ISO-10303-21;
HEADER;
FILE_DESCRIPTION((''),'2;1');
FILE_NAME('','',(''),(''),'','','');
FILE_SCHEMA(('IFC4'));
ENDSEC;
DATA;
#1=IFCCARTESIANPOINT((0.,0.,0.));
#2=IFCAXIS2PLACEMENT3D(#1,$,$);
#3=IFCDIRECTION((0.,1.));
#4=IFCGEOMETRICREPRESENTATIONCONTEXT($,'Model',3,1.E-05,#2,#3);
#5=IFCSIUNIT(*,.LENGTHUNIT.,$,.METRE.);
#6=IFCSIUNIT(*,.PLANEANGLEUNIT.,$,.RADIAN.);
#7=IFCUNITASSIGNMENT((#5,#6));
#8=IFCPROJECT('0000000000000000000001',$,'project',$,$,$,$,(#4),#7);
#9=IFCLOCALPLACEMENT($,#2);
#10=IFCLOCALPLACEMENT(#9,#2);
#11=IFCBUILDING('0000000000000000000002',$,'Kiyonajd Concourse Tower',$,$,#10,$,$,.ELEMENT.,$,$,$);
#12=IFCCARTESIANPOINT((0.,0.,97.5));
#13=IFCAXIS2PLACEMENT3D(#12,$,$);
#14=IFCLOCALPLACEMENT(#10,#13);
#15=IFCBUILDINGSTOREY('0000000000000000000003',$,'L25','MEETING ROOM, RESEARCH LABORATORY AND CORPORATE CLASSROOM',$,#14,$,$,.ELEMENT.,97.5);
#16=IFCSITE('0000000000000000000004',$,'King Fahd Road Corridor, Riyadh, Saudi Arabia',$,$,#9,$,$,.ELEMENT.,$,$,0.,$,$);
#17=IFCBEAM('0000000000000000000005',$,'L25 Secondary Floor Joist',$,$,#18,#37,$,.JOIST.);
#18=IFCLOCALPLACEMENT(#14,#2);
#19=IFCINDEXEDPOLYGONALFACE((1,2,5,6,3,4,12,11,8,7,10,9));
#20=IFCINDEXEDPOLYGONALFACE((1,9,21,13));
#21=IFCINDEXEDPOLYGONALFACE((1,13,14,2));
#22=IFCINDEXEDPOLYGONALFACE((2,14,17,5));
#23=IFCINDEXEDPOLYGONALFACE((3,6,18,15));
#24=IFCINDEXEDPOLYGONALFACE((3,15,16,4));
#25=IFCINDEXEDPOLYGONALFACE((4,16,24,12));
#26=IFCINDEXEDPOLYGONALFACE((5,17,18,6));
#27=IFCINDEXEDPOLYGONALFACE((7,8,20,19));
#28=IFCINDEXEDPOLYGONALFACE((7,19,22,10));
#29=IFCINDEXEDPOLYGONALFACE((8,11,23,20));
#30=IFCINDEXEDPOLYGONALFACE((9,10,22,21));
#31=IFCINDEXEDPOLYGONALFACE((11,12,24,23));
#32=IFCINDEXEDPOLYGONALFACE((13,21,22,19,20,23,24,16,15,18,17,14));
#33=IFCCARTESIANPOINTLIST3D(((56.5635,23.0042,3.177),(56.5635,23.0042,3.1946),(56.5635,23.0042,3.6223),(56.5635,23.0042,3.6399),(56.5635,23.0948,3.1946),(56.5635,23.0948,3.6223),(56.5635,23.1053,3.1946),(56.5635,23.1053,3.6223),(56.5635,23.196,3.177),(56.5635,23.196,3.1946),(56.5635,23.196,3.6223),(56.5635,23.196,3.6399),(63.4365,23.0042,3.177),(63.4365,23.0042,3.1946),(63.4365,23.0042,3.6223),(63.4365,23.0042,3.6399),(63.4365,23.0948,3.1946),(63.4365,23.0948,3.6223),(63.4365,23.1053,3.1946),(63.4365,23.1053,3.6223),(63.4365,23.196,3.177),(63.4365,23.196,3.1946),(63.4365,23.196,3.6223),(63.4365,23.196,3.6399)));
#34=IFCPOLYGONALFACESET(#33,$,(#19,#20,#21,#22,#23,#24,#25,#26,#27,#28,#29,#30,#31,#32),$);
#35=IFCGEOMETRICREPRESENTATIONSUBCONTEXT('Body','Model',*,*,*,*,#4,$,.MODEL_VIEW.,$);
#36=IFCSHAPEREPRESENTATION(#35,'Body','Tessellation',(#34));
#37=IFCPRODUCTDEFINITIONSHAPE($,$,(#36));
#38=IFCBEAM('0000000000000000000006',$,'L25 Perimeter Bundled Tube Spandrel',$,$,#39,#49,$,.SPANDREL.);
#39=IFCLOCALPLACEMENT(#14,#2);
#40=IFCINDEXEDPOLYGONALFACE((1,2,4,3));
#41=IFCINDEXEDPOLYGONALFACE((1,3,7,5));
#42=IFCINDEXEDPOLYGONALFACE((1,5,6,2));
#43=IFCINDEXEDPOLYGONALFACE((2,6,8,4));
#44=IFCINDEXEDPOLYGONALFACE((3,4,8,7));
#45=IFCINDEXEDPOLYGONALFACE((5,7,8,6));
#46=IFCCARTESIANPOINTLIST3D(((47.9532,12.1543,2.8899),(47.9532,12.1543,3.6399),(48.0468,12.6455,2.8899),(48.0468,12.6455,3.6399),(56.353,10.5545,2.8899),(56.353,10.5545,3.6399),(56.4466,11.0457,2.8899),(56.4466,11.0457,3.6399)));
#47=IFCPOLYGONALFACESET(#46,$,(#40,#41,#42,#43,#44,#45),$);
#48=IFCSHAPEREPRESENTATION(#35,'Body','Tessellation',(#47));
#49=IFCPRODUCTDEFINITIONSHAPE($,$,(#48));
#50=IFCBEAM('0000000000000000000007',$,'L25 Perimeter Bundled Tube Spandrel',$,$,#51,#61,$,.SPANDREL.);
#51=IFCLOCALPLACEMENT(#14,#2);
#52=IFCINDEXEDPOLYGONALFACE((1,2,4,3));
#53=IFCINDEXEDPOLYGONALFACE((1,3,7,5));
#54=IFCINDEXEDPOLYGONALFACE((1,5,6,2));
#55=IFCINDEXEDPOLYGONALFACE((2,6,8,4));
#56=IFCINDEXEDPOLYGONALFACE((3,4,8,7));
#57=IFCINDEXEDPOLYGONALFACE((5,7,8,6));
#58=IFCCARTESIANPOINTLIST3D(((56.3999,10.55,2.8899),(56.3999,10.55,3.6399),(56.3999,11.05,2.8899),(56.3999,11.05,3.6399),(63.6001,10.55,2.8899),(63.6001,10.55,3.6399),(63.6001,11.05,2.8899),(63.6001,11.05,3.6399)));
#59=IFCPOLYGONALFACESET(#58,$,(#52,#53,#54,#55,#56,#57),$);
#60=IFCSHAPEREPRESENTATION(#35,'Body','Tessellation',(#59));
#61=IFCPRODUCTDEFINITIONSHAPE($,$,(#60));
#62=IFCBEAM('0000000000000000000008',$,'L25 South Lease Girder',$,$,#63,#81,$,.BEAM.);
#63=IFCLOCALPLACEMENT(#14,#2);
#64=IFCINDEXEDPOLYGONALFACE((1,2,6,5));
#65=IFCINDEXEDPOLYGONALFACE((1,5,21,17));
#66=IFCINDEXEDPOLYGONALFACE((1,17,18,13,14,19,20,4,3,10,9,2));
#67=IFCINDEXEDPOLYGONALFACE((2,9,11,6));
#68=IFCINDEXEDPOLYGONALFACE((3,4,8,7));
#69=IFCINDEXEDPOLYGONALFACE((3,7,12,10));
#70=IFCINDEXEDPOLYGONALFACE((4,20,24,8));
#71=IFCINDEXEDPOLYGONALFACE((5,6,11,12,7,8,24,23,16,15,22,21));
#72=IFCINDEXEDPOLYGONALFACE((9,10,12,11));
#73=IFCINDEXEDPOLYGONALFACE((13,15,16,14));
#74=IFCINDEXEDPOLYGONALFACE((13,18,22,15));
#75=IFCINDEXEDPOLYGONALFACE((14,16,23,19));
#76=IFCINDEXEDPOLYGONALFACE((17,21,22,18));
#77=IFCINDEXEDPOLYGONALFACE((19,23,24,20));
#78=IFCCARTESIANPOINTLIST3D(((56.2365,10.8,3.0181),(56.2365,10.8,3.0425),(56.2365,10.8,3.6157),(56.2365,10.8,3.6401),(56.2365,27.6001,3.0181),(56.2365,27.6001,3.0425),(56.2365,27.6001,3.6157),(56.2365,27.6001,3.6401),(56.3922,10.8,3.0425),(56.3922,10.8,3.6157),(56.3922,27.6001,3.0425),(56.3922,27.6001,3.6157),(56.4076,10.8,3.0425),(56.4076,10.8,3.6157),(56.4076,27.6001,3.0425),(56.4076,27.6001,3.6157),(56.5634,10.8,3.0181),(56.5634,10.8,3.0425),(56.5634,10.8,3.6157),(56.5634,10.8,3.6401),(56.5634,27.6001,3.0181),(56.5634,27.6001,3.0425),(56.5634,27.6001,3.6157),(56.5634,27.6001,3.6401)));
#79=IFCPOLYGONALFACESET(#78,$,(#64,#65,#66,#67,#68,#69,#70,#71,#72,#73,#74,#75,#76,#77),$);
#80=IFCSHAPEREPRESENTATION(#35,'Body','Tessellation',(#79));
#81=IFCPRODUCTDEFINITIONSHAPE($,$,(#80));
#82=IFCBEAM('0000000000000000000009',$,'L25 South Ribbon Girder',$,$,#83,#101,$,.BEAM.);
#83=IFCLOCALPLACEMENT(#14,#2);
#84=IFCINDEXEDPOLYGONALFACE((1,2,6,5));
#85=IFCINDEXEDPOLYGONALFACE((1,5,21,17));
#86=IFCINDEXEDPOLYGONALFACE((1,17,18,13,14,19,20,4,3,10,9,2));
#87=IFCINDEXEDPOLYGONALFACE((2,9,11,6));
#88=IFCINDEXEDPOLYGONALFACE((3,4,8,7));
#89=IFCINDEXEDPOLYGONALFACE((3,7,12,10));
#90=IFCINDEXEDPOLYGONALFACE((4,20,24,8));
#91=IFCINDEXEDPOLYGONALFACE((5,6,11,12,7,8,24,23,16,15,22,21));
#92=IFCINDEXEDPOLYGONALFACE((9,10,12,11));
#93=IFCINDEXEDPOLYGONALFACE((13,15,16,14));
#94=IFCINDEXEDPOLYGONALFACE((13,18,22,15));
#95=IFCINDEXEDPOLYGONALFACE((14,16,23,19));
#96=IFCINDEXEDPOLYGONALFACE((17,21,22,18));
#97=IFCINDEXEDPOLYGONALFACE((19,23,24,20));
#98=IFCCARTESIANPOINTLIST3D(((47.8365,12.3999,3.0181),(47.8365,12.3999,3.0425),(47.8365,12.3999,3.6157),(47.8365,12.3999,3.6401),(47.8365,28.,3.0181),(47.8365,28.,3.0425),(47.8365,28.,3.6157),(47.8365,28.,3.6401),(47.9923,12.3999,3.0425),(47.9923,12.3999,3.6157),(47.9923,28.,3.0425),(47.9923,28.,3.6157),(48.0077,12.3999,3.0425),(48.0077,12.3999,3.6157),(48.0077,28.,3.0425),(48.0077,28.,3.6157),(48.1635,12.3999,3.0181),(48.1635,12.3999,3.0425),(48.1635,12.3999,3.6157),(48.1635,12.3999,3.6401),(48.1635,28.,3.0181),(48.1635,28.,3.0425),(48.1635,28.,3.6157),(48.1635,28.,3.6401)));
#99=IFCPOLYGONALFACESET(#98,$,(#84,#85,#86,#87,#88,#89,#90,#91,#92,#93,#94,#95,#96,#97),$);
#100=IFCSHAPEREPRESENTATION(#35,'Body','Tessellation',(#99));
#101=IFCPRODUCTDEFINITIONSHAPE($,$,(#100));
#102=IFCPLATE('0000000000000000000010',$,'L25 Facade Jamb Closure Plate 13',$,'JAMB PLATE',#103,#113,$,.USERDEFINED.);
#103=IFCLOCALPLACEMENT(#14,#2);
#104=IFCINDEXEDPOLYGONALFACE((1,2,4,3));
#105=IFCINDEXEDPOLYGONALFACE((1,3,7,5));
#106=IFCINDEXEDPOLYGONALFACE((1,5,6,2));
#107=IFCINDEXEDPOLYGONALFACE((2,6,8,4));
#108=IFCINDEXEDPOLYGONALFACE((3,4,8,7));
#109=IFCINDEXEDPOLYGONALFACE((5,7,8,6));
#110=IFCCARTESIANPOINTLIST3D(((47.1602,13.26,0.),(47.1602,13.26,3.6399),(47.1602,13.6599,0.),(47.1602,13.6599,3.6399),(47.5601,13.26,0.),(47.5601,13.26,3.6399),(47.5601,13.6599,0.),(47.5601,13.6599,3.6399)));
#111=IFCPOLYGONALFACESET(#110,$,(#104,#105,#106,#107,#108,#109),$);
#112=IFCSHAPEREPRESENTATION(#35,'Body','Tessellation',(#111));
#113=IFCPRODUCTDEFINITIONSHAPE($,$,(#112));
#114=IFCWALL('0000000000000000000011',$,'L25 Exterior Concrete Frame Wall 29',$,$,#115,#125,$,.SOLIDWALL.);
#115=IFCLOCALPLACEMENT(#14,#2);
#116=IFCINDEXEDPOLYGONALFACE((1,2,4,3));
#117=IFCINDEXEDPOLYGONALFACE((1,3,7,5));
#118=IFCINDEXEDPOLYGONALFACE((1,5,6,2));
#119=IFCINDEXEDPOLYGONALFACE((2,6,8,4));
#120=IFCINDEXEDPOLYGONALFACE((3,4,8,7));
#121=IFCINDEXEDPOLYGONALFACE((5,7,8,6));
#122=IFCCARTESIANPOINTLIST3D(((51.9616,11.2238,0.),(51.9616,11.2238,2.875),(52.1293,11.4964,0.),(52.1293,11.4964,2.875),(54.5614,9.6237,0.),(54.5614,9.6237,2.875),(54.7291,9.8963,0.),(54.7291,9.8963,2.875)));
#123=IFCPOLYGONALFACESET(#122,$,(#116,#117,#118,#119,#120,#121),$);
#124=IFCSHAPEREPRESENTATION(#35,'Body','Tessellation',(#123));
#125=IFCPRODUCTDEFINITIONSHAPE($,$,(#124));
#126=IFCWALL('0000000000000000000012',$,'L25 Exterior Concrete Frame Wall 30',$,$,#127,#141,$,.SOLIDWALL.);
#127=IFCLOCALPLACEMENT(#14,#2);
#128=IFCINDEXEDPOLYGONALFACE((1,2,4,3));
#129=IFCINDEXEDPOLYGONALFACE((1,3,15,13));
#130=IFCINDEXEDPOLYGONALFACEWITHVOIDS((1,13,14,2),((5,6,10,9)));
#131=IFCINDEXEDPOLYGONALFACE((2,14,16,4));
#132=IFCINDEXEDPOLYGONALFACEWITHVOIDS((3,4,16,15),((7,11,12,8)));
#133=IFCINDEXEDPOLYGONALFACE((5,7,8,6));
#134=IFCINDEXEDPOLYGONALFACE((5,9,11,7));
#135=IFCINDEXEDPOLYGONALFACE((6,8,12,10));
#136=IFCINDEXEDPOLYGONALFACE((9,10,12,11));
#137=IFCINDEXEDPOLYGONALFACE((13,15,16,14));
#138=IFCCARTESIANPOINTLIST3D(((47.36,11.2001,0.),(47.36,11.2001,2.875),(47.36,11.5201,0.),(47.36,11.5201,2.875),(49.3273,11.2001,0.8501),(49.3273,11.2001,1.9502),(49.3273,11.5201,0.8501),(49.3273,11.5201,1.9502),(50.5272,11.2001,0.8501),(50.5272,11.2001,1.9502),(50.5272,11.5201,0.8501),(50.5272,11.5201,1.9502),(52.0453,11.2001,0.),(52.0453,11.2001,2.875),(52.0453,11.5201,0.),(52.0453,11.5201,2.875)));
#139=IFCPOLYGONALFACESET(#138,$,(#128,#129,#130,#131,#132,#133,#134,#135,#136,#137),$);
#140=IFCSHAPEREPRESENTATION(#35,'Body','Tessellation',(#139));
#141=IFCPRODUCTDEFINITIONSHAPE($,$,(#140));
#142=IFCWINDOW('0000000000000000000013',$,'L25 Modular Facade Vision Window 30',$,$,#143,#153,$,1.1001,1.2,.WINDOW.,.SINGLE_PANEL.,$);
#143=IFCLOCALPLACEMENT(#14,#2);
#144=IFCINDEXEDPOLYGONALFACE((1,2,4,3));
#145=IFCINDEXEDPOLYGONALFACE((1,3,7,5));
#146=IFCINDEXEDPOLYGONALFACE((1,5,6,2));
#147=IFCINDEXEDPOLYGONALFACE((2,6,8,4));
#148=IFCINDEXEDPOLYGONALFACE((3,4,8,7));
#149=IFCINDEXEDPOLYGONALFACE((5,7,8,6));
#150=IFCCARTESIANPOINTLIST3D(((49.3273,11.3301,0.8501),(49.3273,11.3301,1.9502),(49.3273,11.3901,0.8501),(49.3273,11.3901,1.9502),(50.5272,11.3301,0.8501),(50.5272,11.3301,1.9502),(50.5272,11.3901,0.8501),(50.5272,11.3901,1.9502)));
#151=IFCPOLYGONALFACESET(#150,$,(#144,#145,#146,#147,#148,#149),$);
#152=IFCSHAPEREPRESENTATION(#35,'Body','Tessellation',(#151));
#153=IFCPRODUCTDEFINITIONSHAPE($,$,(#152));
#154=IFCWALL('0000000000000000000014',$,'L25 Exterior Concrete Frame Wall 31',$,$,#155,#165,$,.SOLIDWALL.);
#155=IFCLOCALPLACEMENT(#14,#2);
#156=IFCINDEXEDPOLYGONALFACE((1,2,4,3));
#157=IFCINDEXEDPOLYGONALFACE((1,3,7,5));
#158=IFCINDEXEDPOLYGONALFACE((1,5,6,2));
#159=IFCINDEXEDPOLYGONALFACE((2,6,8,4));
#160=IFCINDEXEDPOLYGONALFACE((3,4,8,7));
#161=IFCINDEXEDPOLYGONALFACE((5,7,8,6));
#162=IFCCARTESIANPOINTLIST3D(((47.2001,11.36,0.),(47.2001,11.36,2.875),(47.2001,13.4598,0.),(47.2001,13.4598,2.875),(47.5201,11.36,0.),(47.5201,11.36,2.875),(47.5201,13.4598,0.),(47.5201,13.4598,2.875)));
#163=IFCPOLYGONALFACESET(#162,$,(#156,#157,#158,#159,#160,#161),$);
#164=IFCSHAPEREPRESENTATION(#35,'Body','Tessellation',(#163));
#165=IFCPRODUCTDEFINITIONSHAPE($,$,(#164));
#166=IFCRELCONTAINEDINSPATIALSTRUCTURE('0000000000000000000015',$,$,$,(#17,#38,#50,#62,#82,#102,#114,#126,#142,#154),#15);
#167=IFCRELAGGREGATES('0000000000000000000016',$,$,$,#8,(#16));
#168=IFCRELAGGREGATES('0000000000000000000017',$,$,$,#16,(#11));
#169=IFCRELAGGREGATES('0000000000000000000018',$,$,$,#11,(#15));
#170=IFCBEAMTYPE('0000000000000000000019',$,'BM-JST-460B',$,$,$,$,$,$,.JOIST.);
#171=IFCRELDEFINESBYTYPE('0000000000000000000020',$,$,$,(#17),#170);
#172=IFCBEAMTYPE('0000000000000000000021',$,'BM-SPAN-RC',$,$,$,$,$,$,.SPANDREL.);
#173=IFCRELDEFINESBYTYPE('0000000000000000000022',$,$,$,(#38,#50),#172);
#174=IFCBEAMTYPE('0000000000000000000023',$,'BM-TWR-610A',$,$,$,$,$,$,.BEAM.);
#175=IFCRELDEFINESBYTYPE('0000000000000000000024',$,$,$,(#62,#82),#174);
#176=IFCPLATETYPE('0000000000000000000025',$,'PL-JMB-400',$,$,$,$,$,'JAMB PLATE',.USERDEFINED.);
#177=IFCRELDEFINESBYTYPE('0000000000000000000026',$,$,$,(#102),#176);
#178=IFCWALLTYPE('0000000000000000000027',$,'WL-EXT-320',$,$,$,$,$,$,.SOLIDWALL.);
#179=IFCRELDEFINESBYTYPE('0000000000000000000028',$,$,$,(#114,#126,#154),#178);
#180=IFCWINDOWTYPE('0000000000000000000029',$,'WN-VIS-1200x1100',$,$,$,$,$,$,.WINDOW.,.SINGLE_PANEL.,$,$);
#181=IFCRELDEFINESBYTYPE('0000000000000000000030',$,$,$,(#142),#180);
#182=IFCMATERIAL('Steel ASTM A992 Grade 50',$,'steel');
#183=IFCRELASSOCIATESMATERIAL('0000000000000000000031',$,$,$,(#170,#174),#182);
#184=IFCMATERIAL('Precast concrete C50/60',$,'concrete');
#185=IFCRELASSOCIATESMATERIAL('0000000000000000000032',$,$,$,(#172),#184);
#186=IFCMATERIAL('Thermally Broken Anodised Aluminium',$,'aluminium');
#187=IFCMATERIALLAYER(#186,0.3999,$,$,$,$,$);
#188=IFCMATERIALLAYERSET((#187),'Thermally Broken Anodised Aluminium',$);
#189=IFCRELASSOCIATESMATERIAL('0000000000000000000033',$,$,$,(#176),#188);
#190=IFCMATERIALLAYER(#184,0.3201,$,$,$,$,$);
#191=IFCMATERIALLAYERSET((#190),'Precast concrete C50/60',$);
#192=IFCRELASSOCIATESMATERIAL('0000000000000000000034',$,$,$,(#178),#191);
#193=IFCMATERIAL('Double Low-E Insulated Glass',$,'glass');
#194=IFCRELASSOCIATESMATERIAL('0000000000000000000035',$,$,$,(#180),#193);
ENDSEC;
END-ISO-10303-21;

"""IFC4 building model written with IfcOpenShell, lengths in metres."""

from ifc_helpers import new_model, si_unit, direction, frame, frame_2d, origin, origin_2d, place, context, subcontext, project, spatial, rectangle, i_section, extrude, material, layer, layer_set, material_profile, profile_set, type_object, element, fill, save


model = new_model("IFC4")

# Units and contexts
model_context = context("Model", 3, precision=1e-05, world=origin(), true_north=direction((0.0, 1.0)))
body_context = subcontext(model_context, "Body", "Model", "MODEL_VIEW")
ifc_project = project(units=[si_unit("LENGTHUNIT", "METRE"), si_unit("PLANEANGLEUNIT", "RADIAN")], contexts=[model_context])

# Site, building, storey
site_placement = place(None, origin())
site = spatial("IfcSite", under=ifc_project, at=site_placement, Name="King Fahd Road Corridor, Riyadh, Saudi Arabia", CompositionType="ELEMENT", RefElevation=0.0)
building_placement = place(site_placement, origin())
building = spatial("IfcBuilding", under=site, at=building_placement, Name="Kiyonajd Concourse Tower", CompositionType="ELEMENT")
storey_placement = place(building_placement, frame((0.0, 0.0, 97.5)))
storey = spatial("IfcBuildingStorey", under=building, at=storey_placement, Name="L25", Description="MEETING ROOM, RESEARCH LABORATORY AND CORPORATE CLASSROOM", CompositionType="ELEMENT", Elevation=97.5)

# Beams
ifc_material_1 = material(Name="Steel ASTM A992 Grade 50", Category="steel")
ifc_material_profile_1 = material_profile(ifc_material_1, i_section(OverallWidth=0.1919, OverallDepth=0.4629, WebThickness=0.0105, FlangeThickness=0.0176, at=origin_2d()), Name="W460X89")
ifc_profile_set_1 = profile_set([ifc_material_profile_1], Name="Steel ASTM A992 Grade 50")
beam_type_1 = type_object("IfcBeamType", Name="BM-JST-460B", PredefinedType="JOIST", material=ifc_profile_set_1)
beam_1_placement = place(storey_placement, frame((56.5635, 23.1001, 3.4084), z_axis=(1.0, 0.0, 0.0), x_axis=(0.0, 1.0, 0.0)))
element("IfcBeam", 1, at=beam_1_placement, inside=storey, type_object=beam_type_1, Name="L25 Secondary Floor Joist", PredefinedType="JOIST", context=body_context, shape_type="SweptSolid", body=[
    extrude(i_section(OverallWidth=0.1919, OverallDepth=0.4629, WebThickness=0.0105, FlangeThickness=0.0176, at=origin_2d()), origin(), (0.0, 0.0, 1.0), 6.873),
])
ifc_material_2 = material(Name="Precast concrete C50/60", Category="concrete")
ifc_material_profile_2 = material_profile(ifc_material_2, rectangle(XDim=0.5, YDim=0.75, at=origin_2d()), Name="RCBM-500x750")
ifc_profile_set_2 = profile_set([ifc_material_profile_2], Name="Precast concrete C50/60")
beam_type_2 = type_object("IfcBeamType", Name="BM-SPAN-RC", PredefinedType="SPANDREL", material=ifc_profile_set_2)
beam_2_placement = place(storey_placement, frame((48.0, 12.3999, 3.2649), z_axis=(0.982341, -0.187098, 0.0), x_axis=(0.187098, 0.982341, 0.0)))
element("IfcBeam", 2, at=beam_2_placement, inside=storey, type_object=beam_type_2, Name="L25 Perimeter Bundled Tube Spandrel", PredefinedType="SPANDREL", context=body_context, shape_type="SweptSolid", body=[
    extrude(rectangle(XDim=0.5, YDim=0.75, at=origin_2d()), origin(), (0.0, 0.0, 1.0), 8.5508),
])
beam_3_placement = place(storey_placement, frame((56.3999, 10.8, 3.2649), z_axis=(1.0, 0.0, 0.0), x_axis=(0.0, 1.0, 0.0)))
element("IfcBeam", 3, at=beam_3_placement, inside=storey, type_object=beam_type_2, Name="L25 Perimeter Bundled Tube Spandrel", PredefinedType="SPANDREL", context=body_context, shape_type="SweptSolid", body=[
    extrude(rectangle(XDim=0.5, YDim=0.75, at=origin_2d()), origin(), (0.0, 0.0, 1.0), 7.2002),
])
ifc_material_profile_3 = material_profile(ifc_material_1, i_section(OverallWidth=0.3269, OverallDepth=0.6221, WebThickness=0.0154, FlangeThickness=0.0244, at=origin_2d()), Name="W610X195")
ifc_profile_set_3 = profile_set([ifc_material_profile_3], Name="Steel ASTM A992 Grade 50")
beam_type_3 = type_object("IfcBeamType", Name="BM-TWR-610A", PredefinedType="BEAM", material=ifc_profile_set_3)
beam_4_placement = place(storey_placement, frame((56.3999, 10.8, 3.3291), z_axis=(0.0, 1.0, 0.0), x_axis=(-1.0, 0.0, 0.0)))
element("IfcBeam", 4, at=beam_4_placement, inside=storey, type_object=beam_type_3, Name="L25 South Lease Girder", PredefinedType="BEAM", context=body_context, shape_type="SweptSolid", body=[
    extrude(i_section(OverallWidth=0.3269, OverallDepth=0.6221, WebThickness=0.0154, FlangeThickness=0.0244, at=origin_2d()), origin(), (0.0, 0.0, 1.0), 16.8),
])
beam_5_placement = place(storey_placement, frame((48.0, 12.3999, 3.3291), z_axis=(0.0, 1.0, 0.0), x_axis=(-1.0, 0.0, 0.0)))
element("IfcBeam", 5, at=beam_5_placement, inside=storey, type_object=beam_type_3, Name="L25 South Ribbon Girder", PredefinedType="BEAM", context=body_context, shape_type="SweptSolid", body=[
    extrude(i_section(OverallWidth=0.3269, OverallDepth=0.6221, WebThickness=0.0154, FlangeThickness=0.0244, at=origin_2d()), origin(), (0.0, 0.0, 1.0), 15.6001),
])

# Plate
ifc_material_3 = material(Name="Thermally Broken Anodised Aluminium", Category="aluminium")
ifc_layer_1 = layer(ifc_material_3, 0.3999)
ifc_layer_set_1 = layer_set([ifc_layer_1], Name="Thermally Broken Anodised Aluminium")
plate_type = type_object("IfcPlateType", Name="PL-JMB-400", ElementType="JAMB PLATE", PredefinedType="USERDEFINED", material=ifc_layer_set_1)
plate_placement = place(storey_placement, frame((47.3601, 13.46, 0.0), z_axis=(0.0, 0.0, 1.0), x_axis=(1.0, 0.0, 0.0)))
element("IfcPlate", 6, at=plate_placement, inside=storey, type_object=plate_type, Name="L25 Facade Jamb Closure Plate 13", ObjectType="JAMB PLATE", PredefinedType="USERDEFINED", context=body_context, shape_type="SweptSolid", body=[
    extrude(rectangle(XDim=0.3999, YDim=0.3999, at=origin_2d()), origin(), (0.0, 0.0, 1.0), 3.6399),
])

# Wall
ifc_layer_2 = layer(ifc_material_2, 0.3201)
ifc_layer_set_2 = layer_set([ifc_layer_2], Name="Precast concrete C50/60")
wall_type_1 = type_object("IfcWallType", Name="WL-EXT-320", PredefinedType="SOLIDWALL", material=ifc_layer_set_2)
wall_1_placement = place(storey_placement, frame((54.6453, 9.76, 0.0), z_axis=(0.0, 0.0, 1.0), x_axis=(-0.851631, 0.524142, 0.0)))
element("IfcWall", 7, at=wall_1_placement, inside=storey, type_object=wall_type_1, Name="L25 Exterior Concrete Frame Wall 29", PredefinedType="SOLIDWALL", context=body_context, shape_type="SweptSolid", body=[
    extrude(rectangle(XDim=3.0527, YDim=0.3201, at=frame_2d((1.5264, 0.0))), origin(), (0.0, 0.0, 1.0), 2.875),
])

# Wall, opening, window
wall_2_placement = place(storey_placement, frame((52.0454, 11.3601, 0.0), z_axis=(0.0, 0.0, 1.0), x_axis=(-1.0, 0.0, 0.0)))
wall_2 = element("IfcWall", 8, at=wall_2_placement, inside=storey, type_object=wall_type_1, Name="L25 Exterior Concrete Frame Wall 30", PredefinedType="SOLIDWALL", context=body_context, shape_type="SweptSolid", body=[
    extrude(rectangle(XDim=4.6853, YDim=0.3201, at=frame_2d((2.3428, 0.0))), origin(), (0.0, 0.0, 1.0), 2.875),
])
opening_1_placement = place(wall_2_placement, frame((1.5181, 0.0, 0.8501)))
opening_1 = element("IfcOpeningElement", 9, at=opening_1_placement, cuts=wall_2, PredefinedType="OPENING", context=body_context, shape_type="SweptSolid", body=[
    extrude(rectangle(XDim=1.2, YDim=1.1001, at=frame_2d((0.6001, 0.55))), frame((0.0, 0.1699, 0.0), z_axis=(0.0, -1.0, 0.0), x_axis=(1.0, 0.0, 0.0)), (0.0, 0.0, 1.0), 0.3401),
])
ifc_material_4 = material(Name="Double Low-E Insulated Glass", Category="glass")
window_type = type_object("IfcWindowType", Name="WN-VIS-1200x1100", PartitioningType="SINGLE_PANEL", PredefinedType="WINDOW", material=ifc_material_4)
window_placement = place(opening_1_placement, origin())
window = element("IfcWindow", 10, at=window_placement, inside=storey, type_object=window_type, Name="L25 Modular Facade Vision Window 30", OverallHeight=1.1001, OverallWidth=1.2, PartitioningType="SINGLE_PANEL", PredefinedType="WINDOW", context=body_context, shape_type="SweptSolid", body=[
    extrude(rectangle(XDim=1.2, YDim=1.1001, at=frame_2d((0.6001, 0.55))), frame((0.0, 0.03, 0.0), z_axis=(0.0, -1.0, 0.0), x_axis=(1.0, 0.0, 0.0)), (0.0, 0.0, 1.0), 0.0601),
])
fill(opening_1, window)

# Wall
wall_3_placement = place(storey_placement, frame((47.3601, 11.3601, 0.0), z_axis=(0.0, 0.0, 1.0), x_axis=(0.0, 1.0, 0.0)))
element("IfcWall", 11, at=wall_3_placement, inside=storey, type_object=wall_type_1, Name="L25 Exterior Concrete Frame Wall 31", PredefinedType="SOLIDWALL", context=body_context, shape_type="SweptSolid", body=[
    extrude(rectangle(XDim=2.0999, YDim=0.3201, at=frame_2d((1.0498, 0.0))), origin(), (0.0, 0.0, 1.0), 2.875),
])

save(model, "model.ifc")
